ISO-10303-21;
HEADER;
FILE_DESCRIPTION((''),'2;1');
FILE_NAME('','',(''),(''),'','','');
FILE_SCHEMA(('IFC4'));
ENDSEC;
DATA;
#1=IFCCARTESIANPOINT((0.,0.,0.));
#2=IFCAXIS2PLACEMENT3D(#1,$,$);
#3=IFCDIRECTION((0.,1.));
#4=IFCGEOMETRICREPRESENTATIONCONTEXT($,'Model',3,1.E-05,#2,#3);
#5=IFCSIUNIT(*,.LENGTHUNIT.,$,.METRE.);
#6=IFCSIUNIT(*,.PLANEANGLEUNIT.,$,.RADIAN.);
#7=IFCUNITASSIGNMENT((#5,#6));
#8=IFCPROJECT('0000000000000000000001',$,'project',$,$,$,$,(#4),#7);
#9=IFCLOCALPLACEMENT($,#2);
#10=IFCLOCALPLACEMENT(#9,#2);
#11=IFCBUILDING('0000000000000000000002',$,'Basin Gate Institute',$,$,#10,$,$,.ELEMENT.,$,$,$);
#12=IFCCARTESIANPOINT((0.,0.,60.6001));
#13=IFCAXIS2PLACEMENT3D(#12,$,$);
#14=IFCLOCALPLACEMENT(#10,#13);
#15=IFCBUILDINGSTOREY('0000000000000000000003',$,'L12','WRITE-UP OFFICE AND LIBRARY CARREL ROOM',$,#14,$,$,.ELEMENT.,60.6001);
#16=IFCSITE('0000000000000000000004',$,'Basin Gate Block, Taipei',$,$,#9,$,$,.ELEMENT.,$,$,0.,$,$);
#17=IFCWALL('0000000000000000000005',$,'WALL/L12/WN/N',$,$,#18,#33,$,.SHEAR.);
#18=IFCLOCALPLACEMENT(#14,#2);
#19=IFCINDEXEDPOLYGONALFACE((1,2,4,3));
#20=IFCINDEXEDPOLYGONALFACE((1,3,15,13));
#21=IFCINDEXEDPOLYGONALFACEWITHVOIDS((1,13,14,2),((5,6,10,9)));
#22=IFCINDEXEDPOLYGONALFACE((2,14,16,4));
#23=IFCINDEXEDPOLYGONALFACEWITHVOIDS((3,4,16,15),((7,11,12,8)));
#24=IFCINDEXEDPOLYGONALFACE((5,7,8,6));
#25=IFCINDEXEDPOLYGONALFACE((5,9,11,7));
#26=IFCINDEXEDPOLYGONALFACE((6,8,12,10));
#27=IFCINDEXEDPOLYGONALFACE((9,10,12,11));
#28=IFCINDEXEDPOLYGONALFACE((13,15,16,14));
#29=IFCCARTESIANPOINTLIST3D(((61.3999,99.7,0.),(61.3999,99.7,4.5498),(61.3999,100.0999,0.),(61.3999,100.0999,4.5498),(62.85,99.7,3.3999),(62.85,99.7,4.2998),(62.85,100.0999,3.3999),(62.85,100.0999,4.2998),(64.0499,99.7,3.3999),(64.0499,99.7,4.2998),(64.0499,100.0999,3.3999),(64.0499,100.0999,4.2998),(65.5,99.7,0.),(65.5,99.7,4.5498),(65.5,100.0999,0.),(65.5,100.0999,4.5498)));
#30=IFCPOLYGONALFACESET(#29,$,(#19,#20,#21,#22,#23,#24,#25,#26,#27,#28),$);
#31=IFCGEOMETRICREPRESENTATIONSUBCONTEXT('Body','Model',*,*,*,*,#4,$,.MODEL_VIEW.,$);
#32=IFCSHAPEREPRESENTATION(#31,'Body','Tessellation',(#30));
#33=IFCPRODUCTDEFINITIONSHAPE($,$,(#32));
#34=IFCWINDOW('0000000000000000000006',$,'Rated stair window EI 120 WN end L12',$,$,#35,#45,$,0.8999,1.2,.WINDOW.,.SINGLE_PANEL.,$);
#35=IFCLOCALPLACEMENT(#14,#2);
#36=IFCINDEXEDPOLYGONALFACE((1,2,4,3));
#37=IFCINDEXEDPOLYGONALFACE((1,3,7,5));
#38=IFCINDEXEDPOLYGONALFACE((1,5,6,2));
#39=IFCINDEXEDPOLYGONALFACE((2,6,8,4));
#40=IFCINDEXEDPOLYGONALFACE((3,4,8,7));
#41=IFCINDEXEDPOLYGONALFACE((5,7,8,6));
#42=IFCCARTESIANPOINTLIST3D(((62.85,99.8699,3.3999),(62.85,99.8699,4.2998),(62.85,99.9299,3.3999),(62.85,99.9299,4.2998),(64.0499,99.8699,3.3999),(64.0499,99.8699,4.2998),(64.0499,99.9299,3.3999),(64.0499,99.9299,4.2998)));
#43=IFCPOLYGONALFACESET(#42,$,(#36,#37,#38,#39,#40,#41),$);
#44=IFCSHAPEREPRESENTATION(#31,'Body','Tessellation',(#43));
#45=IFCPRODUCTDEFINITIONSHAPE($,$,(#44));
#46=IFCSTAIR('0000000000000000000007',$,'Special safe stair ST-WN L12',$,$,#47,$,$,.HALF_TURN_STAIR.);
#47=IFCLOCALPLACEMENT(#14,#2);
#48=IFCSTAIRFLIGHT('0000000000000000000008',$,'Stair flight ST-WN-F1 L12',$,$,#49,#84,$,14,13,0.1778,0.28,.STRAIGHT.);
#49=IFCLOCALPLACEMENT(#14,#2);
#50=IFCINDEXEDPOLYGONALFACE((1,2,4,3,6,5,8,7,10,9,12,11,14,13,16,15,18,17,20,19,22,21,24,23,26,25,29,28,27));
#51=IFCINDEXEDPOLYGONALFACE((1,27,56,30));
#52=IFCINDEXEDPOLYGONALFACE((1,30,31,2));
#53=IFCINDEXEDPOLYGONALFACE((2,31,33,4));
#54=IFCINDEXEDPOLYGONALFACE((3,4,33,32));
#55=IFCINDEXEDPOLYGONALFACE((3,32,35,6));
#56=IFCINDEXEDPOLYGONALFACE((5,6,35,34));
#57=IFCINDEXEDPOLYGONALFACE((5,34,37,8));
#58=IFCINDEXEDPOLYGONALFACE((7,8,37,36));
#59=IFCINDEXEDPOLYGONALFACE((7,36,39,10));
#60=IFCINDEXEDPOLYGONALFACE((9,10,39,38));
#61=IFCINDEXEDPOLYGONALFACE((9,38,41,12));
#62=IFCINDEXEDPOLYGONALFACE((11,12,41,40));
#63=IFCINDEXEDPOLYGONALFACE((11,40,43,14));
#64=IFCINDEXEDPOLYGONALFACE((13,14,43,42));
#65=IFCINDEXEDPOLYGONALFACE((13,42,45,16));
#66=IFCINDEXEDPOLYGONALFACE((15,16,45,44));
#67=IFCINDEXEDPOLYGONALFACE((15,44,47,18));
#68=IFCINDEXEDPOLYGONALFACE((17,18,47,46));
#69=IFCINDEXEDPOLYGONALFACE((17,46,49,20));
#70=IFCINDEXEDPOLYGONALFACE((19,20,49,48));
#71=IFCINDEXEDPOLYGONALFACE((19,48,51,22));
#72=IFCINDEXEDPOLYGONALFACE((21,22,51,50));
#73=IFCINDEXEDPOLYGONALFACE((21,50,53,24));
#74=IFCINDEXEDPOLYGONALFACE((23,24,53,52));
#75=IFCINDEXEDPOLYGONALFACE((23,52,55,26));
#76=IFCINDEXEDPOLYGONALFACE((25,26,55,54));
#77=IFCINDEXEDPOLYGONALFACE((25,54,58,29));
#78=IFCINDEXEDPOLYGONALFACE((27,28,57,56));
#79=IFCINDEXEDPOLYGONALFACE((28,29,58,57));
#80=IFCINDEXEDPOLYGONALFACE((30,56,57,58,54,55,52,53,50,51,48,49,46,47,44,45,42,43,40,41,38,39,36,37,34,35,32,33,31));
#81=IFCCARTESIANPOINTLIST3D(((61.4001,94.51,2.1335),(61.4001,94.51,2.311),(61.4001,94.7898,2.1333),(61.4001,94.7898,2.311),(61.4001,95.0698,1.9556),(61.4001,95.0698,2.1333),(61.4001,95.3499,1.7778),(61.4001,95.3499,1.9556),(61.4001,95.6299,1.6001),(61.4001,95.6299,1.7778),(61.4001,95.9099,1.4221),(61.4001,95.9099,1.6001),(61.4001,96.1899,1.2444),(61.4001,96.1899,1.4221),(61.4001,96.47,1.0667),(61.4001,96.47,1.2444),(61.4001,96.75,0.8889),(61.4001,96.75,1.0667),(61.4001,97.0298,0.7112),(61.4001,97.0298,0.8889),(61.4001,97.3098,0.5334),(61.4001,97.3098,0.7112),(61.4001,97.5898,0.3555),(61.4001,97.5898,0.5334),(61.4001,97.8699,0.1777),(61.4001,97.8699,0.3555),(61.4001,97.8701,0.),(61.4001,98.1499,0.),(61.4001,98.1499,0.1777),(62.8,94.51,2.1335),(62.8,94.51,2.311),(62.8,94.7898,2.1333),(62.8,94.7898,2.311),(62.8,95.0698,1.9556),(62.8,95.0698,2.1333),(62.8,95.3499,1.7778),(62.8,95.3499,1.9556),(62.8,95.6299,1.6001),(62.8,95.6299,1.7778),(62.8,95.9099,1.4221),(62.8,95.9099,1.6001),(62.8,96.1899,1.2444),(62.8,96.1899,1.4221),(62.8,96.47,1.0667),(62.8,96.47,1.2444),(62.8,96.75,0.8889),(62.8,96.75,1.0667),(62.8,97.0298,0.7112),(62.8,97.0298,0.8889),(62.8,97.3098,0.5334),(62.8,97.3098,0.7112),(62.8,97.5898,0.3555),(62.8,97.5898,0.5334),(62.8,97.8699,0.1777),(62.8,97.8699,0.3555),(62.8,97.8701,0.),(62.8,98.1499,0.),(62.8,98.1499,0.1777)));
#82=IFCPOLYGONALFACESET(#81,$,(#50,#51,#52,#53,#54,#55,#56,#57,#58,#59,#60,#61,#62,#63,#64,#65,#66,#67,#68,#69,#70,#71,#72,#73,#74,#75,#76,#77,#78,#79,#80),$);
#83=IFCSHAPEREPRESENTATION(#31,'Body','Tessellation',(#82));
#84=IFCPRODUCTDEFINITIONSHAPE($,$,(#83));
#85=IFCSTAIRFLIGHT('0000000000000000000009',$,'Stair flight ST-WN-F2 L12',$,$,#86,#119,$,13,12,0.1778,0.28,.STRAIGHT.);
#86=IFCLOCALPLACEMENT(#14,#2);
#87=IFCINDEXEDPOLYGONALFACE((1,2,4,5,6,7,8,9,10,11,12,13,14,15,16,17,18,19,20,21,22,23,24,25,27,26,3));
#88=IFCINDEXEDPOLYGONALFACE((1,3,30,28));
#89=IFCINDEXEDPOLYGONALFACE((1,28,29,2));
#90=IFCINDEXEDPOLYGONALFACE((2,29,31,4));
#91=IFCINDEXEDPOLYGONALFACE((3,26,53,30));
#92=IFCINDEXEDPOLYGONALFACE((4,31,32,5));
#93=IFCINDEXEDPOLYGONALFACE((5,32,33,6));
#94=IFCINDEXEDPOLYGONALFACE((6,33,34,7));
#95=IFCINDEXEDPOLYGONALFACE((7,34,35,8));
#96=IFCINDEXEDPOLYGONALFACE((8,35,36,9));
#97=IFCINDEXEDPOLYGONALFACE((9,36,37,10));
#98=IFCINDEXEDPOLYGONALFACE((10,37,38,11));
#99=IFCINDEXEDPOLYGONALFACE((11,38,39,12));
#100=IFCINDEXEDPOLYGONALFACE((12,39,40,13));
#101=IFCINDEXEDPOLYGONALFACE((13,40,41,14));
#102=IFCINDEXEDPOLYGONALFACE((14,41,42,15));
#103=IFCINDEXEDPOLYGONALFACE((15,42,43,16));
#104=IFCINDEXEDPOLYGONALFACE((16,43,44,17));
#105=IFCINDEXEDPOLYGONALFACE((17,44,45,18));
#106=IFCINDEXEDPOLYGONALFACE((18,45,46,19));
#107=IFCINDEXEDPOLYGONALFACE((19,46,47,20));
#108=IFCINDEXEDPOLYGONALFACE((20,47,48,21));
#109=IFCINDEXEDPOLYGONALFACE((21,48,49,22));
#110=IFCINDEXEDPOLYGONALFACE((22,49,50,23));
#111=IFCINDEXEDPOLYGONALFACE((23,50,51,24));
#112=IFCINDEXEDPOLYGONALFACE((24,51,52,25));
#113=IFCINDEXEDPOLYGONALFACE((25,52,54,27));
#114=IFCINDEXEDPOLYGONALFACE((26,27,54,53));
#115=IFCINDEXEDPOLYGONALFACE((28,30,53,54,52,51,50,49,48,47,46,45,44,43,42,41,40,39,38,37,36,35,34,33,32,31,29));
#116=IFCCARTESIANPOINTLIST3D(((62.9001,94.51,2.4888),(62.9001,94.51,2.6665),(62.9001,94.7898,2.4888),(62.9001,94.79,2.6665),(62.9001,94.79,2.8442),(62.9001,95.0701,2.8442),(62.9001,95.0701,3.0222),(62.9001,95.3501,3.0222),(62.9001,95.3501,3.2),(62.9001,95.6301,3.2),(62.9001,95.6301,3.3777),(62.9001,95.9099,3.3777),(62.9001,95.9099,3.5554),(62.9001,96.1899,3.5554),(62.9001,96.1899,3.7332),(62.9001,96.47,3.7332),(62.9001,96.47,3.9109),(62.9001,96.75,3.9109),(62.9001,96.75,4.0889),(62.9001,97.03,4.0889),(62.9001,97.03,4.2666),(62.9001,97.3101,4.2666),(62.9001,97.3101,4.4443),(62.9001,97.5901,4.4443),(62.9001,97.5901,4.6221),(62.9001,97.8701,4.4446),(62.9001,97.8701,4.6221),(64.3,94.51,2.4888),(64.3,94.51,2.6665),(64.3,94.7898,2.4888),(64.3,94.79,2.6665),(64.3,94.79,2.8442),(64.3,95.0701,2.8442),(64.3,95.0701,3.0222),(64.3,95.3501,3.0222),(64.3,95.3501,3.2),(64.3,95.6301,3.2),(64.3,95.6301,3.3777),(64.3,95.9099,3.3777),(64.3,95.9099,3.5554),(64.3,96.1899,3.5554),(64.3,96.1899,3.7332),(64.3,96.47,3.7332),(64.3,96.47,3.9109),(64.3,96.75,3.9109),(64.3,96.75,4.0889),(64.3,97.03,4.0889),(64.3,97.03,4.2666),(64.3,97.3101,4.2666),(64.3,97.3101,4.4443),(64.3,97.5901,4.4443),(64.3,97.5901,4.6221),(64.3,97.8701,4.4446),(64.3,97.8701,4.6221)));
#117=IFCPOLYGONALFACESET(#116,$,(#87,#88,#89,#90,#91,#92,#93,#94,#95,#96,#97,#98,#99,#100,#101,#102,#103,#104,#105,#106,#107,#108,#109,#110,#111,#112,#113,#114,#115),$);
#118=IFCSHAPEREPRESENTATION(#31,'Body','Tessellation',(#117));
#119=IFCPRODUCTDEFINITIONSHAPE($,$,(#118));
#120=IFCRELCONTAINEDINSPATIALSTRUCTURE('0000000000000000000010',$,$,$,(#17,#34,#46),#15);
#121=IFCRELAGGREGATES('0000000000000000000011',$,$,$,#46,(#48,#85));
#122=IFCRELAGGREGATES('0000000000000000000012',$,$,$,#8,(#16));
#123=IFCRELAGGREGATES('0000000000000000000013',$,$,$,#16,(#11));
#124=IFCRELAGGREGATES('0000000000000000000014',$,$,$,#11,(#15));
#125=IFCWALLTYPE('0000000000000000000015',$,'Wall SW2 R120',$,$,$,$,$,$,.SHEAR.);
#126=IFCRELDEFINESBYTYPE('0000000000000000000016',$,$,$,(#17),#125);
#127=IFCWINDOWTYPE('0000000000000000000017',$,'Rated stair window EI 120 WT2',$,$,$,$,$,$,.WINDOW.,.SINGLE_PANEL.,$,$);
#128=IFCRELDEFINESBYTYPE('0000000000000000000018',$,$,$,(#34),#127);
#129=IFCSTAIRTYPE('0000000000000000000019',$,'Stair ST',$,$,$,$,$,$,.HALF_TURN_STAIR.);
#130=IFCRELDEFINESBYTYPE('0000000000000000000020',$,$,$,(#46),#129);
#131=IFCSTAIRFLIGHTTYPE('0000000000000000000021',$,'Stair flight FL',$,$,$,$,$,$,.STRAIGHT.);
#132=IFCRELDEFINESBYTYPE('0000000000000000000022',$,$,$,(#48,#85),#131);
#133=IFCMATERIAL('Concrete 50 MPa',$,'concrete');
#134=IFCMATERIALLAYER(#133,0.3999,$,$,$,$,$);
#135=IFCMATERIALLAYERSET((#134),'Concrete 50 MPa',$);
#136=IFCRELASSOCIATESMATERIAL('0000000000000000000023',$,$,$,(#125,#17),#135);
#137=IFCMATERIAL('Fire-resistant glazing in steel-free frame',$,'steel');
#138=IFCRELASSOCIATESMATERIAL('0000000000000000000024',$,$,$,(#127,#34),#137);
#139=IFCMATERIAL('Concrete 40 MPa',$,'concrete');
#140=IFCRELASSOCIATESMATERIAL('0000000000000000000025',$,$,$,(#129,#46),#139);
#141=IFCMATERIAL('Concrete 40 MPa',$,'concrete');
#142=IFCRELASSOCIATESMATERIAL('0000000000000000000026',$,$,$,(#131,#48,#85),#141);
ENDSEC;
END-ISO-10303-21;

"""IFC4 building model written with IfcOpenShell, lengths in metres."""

from ifc_helpers import new_model, si_unit, direction, frame, frame_2d, origin, place, context, subcontext, project, spatial, polyline, rectangle, outline, extrude, material, layer, layer_set, type_object, element, fill, aggregate, save


model = new_model("IFC4")

# Units and contexts
model_context = context("Model", 3, precision=1e-05, world=origin(), true_north=direction((0.0, 1.0)))
body_context = subcontext(model_context, "Body", "Model", "MODEL_VIEW")
ifc_project = project(units=[si_unit("LENGTHUNIT", "METRE"), si_unit("PLANEANGLEUNIT", "RADIAN")], contexts=[model_context])

# Site, building, storey
site_placement = place(None, origin())
site = spatial("IfcSite", under=ifc_project, at=site_placement, Name="Basin Gate Block, Taipei", CompositionType="ELEMENT", RefElevation=0.0)
building_placement = place(site_placement, origin())
building = spatial("IfcBuilding", under=site, at=building_placement, Name="Basin Gate Institute", CompositionType="ELEMENT")
storey_placement = place(building_placement, frame((0.0, 0.0, 60.6001)))
storey = spatial("IfcBuildingStorey", under=building, at=storey_placement, Name="L12", Description="WRITE-UP OFFICE AND LIBRARY CARREL ROOM", CompositionType="ELEMENT", Elevation=60.6001)

# Shared definitions
ifc_material_1 = material(Name="Concrete 50 MPa", Category="concrete")
ifc_layer_1 = layer(ifc_material_1, 0.3999)
ifc_layer_set_1 = layer_set([ifc_layer_1], Name="Concrete 50 MPa")
wall_type_1 = type_object("IfcWallType", Name="Wall SW2 R120", PredefinedType="SHEAR", material=ifc_layer_set_1)
ifc_material_2 = material(Name="Fire-resistant glazing in steel-free frame", Category="steel")
window_type = type_object("IfcWindowType", Name="Rated stair window EI 120 WT2", PartitioningType="SINGLE_PANEL", PredefinedType="WINDOW", material=ifc_material_2)

# Wall, opening, window
wall_1_placement = place(storey_placement, frame((61.3999, 99.8999, 0.0), z_axis=(0.0, 0.0, 1.0), x_axis=(1.0, 0.0, 0.0)))
wall_1 = element("IfcWall", 1, at=wall_1_placement, inside=storey, type_object=wall_type_1, material=ifc_layer_set_1, Name="WALL/L12/WN/N", PredefinedType="SHEAR", context=body_context, shape_type="SweptSolid", body=[
    extrude(rectangle(XDim=4.1001, YDim=0.3999, at=frame_2d((2.05, 0.0))), origin(), (0.0, 0.0, 1.0), 4.5498),
])
opening_1_placement = place(wall_1_placement, frame((1.45, 0.0, 3.3999)))
opening_1 = element("IfcOpeningElement", 2, at=opening_1_placement, cuts=wall_1, PredefinedType="OPENING", context=body_context, shape_type="SweptSolid", body=[
    extrude(rectangle(XDim=1.2, YDim=0.8999, at=frame_2d((0.6001, 0.45))), frame((0.0, 0.21, 0.0), z_axis=(0.0, -1.0, 0.0), x_axis=(1.0, 0.0, 0.0)), (0.0, 0.0, 1.0), 0.4199),
])
window_1_placement = place(opening_1_placement, origin())
window_1 = element("IfcWindow", 3, at=window_1_placement, inside=storey, type_object=window_type, material=ifc_material_2, Name="Rated stair window EI 120 WN end L12", OverallHeight=0.8999, OverallWidth=1.2, PartitioningType="SINGLE_PANEL", PredefinedType="WINDOW", context=body_context, shape_type="SweptSolid", body=[
    extrude(rectangle(XDim=1.2, YDim=0.8999, at=frame_2d((0.6001, 0.45))), frame((0.0, 0.03, 0.0), z_axis=(0.0, -1.0, 0.0), x_axis=(1.0, 0.0, 0.0)), (0.0, 0.0, 1.0), 0.0601),
])
fill(opening_1, window_1)

# Stair, stair flights
ifc_material_3 = material(Name="Concrete 40 MPa", Category="concrete")
stair_type = type_object("IfcStairType", Name="Stair ST", PredefinedType="HALF_TURN_STAIR", material=ifc_material_3)
stair_placement = place(storey_placement, origin())
stair = element("IfcStair", 4, at=stair_placement, inside=storey, type_object=stair_type, material=ifc_material_3, Name="Special safe stair ST-WN L12", PredefinedType="HALF_TURN_STAIR")
ifc_material_4 = material(Name="Concrete 40 MPa", Category="concrete")
stair_flight_type = type_object("IfcStairFlightType", Name="Stair flight FL", PredefinedType="STRAIGHT", material=ifc_material_4)
stair_flight_1_placement = place(storey_placement, frame((62.1001, 98.1499, 0.0), z_axis=(0.0, 0.0, 1.0), x_axis=(0.0, -1.0, 0.0)))
stair_flight_1 = element("IfcStairFlight", 5, at=stair_flight_1_placement, type_object=stair_flight_type, material=ifc_material_4, Name="Stair flight ST-WN-F1 L12", NumberOfRisers=14, NumberOfTreads=13, PredefinedType="STRAIGHT", RiserHeight=0.1778, TreadLength=0.28, context=body_context, shape_type="SweptSolid", body=[
    extrude(outline(polyline([(0.0, 0.0), (0.0, 0.1777), (0.28, 0.1777), (0.28, 0.3555), (0.5601, 0.3555), (0.5601, 0.5334), (0.8401, 0.5334), (0.8401, 0.7112), (1.1201, 0.7112), (1.1201, 0.8889), (1.3999, 0.8889), (1.3999, 1.0667), (1.6799, 1.0667), (1.6799, 1.2444), (1.96, 1.2444), (1.96, 1.4221), (2.24, 1.4221), (2.24, 1.6001), (2.52, 1.6001), (2.52, 1.7778), (2.8, 1.7778), (2.8, 1.9556), (3.0801, 1.9556), (3.0801, 2.1333), (3.3601, 2.1333), (3.3601, 2.311), (3.6399, 2.311), (3.6399, 2.4888), (3.6399, 2.1335), (0.2798, 0.0), (0.0, 0.0)])), frame((0.0, 0.7, 0.0), z_axis=(0.0, -1.0, 0.0), x_axis=(1.0, 0.0, 0.0)), (0.0, 0.0, 1.0), 1.3999),
])
stair_flight_2_placement = place(storey_placement, frame((63.6001, 94.51, 2.4888), z_axis=(0.0, 0.0, 1.0), x_axis=(0.0, 1.0, 0.0)))
stair_flight_2 = element("IfcStairFlight", 6, at=stair_flight_2_placement, type_object=stair_flight_type, material=ifc_material_4, Name="Stair flight ST-WN-F2 L12", NumberOfRisers=13, NumberOfTreads=12, PredefinedType="STRAIGHT", RiserHeight=0.1778, TreadLength=0.28, context=body_context, shape_type="SweptSolid", body=[
    extrude(outline(polyline([(0.0, 0.0), (0.0, 0.1777), (0.28, 0.1777), (0.28, 0.3555), (0.5601, 0.3555), (0.5601, 0.5334), (0.8401, 0.5334), (0.8401, 0.7112), (1.1201, 0.7112), (1.1201, 0.8889), (1.3999, 0.8889), (1.3999, 1.0667), (1.6799, 1.0667), (1.6799, 1.2444), (1.96, 1.2444), (1.96, 1.4221), (2.24, 1.4221), (2.24, 1.6001), (2.52, 1.6001), (2.52, 1.7778), (2.8, 1.7778), (2.8, 1.9556), (3.0801, 1.9556), (3.0801, 2.1333), (3.3601, 2.1333), (3.3601, 2.311), (3.3601, 1.9558), (0.2798, 0.0), (0.0, 0.0)])), frame((0.0, 0.7, 0.0), z_axis=(0.0, -1.0, 0.0), x_axis=(1.0, 0.0, 0.0)), (0.0, 0.0, 1.0), 1.3999),
])
aggregate(stair, [stair_flight_1, stair_flight_2])

save(model, "model.ifc")
